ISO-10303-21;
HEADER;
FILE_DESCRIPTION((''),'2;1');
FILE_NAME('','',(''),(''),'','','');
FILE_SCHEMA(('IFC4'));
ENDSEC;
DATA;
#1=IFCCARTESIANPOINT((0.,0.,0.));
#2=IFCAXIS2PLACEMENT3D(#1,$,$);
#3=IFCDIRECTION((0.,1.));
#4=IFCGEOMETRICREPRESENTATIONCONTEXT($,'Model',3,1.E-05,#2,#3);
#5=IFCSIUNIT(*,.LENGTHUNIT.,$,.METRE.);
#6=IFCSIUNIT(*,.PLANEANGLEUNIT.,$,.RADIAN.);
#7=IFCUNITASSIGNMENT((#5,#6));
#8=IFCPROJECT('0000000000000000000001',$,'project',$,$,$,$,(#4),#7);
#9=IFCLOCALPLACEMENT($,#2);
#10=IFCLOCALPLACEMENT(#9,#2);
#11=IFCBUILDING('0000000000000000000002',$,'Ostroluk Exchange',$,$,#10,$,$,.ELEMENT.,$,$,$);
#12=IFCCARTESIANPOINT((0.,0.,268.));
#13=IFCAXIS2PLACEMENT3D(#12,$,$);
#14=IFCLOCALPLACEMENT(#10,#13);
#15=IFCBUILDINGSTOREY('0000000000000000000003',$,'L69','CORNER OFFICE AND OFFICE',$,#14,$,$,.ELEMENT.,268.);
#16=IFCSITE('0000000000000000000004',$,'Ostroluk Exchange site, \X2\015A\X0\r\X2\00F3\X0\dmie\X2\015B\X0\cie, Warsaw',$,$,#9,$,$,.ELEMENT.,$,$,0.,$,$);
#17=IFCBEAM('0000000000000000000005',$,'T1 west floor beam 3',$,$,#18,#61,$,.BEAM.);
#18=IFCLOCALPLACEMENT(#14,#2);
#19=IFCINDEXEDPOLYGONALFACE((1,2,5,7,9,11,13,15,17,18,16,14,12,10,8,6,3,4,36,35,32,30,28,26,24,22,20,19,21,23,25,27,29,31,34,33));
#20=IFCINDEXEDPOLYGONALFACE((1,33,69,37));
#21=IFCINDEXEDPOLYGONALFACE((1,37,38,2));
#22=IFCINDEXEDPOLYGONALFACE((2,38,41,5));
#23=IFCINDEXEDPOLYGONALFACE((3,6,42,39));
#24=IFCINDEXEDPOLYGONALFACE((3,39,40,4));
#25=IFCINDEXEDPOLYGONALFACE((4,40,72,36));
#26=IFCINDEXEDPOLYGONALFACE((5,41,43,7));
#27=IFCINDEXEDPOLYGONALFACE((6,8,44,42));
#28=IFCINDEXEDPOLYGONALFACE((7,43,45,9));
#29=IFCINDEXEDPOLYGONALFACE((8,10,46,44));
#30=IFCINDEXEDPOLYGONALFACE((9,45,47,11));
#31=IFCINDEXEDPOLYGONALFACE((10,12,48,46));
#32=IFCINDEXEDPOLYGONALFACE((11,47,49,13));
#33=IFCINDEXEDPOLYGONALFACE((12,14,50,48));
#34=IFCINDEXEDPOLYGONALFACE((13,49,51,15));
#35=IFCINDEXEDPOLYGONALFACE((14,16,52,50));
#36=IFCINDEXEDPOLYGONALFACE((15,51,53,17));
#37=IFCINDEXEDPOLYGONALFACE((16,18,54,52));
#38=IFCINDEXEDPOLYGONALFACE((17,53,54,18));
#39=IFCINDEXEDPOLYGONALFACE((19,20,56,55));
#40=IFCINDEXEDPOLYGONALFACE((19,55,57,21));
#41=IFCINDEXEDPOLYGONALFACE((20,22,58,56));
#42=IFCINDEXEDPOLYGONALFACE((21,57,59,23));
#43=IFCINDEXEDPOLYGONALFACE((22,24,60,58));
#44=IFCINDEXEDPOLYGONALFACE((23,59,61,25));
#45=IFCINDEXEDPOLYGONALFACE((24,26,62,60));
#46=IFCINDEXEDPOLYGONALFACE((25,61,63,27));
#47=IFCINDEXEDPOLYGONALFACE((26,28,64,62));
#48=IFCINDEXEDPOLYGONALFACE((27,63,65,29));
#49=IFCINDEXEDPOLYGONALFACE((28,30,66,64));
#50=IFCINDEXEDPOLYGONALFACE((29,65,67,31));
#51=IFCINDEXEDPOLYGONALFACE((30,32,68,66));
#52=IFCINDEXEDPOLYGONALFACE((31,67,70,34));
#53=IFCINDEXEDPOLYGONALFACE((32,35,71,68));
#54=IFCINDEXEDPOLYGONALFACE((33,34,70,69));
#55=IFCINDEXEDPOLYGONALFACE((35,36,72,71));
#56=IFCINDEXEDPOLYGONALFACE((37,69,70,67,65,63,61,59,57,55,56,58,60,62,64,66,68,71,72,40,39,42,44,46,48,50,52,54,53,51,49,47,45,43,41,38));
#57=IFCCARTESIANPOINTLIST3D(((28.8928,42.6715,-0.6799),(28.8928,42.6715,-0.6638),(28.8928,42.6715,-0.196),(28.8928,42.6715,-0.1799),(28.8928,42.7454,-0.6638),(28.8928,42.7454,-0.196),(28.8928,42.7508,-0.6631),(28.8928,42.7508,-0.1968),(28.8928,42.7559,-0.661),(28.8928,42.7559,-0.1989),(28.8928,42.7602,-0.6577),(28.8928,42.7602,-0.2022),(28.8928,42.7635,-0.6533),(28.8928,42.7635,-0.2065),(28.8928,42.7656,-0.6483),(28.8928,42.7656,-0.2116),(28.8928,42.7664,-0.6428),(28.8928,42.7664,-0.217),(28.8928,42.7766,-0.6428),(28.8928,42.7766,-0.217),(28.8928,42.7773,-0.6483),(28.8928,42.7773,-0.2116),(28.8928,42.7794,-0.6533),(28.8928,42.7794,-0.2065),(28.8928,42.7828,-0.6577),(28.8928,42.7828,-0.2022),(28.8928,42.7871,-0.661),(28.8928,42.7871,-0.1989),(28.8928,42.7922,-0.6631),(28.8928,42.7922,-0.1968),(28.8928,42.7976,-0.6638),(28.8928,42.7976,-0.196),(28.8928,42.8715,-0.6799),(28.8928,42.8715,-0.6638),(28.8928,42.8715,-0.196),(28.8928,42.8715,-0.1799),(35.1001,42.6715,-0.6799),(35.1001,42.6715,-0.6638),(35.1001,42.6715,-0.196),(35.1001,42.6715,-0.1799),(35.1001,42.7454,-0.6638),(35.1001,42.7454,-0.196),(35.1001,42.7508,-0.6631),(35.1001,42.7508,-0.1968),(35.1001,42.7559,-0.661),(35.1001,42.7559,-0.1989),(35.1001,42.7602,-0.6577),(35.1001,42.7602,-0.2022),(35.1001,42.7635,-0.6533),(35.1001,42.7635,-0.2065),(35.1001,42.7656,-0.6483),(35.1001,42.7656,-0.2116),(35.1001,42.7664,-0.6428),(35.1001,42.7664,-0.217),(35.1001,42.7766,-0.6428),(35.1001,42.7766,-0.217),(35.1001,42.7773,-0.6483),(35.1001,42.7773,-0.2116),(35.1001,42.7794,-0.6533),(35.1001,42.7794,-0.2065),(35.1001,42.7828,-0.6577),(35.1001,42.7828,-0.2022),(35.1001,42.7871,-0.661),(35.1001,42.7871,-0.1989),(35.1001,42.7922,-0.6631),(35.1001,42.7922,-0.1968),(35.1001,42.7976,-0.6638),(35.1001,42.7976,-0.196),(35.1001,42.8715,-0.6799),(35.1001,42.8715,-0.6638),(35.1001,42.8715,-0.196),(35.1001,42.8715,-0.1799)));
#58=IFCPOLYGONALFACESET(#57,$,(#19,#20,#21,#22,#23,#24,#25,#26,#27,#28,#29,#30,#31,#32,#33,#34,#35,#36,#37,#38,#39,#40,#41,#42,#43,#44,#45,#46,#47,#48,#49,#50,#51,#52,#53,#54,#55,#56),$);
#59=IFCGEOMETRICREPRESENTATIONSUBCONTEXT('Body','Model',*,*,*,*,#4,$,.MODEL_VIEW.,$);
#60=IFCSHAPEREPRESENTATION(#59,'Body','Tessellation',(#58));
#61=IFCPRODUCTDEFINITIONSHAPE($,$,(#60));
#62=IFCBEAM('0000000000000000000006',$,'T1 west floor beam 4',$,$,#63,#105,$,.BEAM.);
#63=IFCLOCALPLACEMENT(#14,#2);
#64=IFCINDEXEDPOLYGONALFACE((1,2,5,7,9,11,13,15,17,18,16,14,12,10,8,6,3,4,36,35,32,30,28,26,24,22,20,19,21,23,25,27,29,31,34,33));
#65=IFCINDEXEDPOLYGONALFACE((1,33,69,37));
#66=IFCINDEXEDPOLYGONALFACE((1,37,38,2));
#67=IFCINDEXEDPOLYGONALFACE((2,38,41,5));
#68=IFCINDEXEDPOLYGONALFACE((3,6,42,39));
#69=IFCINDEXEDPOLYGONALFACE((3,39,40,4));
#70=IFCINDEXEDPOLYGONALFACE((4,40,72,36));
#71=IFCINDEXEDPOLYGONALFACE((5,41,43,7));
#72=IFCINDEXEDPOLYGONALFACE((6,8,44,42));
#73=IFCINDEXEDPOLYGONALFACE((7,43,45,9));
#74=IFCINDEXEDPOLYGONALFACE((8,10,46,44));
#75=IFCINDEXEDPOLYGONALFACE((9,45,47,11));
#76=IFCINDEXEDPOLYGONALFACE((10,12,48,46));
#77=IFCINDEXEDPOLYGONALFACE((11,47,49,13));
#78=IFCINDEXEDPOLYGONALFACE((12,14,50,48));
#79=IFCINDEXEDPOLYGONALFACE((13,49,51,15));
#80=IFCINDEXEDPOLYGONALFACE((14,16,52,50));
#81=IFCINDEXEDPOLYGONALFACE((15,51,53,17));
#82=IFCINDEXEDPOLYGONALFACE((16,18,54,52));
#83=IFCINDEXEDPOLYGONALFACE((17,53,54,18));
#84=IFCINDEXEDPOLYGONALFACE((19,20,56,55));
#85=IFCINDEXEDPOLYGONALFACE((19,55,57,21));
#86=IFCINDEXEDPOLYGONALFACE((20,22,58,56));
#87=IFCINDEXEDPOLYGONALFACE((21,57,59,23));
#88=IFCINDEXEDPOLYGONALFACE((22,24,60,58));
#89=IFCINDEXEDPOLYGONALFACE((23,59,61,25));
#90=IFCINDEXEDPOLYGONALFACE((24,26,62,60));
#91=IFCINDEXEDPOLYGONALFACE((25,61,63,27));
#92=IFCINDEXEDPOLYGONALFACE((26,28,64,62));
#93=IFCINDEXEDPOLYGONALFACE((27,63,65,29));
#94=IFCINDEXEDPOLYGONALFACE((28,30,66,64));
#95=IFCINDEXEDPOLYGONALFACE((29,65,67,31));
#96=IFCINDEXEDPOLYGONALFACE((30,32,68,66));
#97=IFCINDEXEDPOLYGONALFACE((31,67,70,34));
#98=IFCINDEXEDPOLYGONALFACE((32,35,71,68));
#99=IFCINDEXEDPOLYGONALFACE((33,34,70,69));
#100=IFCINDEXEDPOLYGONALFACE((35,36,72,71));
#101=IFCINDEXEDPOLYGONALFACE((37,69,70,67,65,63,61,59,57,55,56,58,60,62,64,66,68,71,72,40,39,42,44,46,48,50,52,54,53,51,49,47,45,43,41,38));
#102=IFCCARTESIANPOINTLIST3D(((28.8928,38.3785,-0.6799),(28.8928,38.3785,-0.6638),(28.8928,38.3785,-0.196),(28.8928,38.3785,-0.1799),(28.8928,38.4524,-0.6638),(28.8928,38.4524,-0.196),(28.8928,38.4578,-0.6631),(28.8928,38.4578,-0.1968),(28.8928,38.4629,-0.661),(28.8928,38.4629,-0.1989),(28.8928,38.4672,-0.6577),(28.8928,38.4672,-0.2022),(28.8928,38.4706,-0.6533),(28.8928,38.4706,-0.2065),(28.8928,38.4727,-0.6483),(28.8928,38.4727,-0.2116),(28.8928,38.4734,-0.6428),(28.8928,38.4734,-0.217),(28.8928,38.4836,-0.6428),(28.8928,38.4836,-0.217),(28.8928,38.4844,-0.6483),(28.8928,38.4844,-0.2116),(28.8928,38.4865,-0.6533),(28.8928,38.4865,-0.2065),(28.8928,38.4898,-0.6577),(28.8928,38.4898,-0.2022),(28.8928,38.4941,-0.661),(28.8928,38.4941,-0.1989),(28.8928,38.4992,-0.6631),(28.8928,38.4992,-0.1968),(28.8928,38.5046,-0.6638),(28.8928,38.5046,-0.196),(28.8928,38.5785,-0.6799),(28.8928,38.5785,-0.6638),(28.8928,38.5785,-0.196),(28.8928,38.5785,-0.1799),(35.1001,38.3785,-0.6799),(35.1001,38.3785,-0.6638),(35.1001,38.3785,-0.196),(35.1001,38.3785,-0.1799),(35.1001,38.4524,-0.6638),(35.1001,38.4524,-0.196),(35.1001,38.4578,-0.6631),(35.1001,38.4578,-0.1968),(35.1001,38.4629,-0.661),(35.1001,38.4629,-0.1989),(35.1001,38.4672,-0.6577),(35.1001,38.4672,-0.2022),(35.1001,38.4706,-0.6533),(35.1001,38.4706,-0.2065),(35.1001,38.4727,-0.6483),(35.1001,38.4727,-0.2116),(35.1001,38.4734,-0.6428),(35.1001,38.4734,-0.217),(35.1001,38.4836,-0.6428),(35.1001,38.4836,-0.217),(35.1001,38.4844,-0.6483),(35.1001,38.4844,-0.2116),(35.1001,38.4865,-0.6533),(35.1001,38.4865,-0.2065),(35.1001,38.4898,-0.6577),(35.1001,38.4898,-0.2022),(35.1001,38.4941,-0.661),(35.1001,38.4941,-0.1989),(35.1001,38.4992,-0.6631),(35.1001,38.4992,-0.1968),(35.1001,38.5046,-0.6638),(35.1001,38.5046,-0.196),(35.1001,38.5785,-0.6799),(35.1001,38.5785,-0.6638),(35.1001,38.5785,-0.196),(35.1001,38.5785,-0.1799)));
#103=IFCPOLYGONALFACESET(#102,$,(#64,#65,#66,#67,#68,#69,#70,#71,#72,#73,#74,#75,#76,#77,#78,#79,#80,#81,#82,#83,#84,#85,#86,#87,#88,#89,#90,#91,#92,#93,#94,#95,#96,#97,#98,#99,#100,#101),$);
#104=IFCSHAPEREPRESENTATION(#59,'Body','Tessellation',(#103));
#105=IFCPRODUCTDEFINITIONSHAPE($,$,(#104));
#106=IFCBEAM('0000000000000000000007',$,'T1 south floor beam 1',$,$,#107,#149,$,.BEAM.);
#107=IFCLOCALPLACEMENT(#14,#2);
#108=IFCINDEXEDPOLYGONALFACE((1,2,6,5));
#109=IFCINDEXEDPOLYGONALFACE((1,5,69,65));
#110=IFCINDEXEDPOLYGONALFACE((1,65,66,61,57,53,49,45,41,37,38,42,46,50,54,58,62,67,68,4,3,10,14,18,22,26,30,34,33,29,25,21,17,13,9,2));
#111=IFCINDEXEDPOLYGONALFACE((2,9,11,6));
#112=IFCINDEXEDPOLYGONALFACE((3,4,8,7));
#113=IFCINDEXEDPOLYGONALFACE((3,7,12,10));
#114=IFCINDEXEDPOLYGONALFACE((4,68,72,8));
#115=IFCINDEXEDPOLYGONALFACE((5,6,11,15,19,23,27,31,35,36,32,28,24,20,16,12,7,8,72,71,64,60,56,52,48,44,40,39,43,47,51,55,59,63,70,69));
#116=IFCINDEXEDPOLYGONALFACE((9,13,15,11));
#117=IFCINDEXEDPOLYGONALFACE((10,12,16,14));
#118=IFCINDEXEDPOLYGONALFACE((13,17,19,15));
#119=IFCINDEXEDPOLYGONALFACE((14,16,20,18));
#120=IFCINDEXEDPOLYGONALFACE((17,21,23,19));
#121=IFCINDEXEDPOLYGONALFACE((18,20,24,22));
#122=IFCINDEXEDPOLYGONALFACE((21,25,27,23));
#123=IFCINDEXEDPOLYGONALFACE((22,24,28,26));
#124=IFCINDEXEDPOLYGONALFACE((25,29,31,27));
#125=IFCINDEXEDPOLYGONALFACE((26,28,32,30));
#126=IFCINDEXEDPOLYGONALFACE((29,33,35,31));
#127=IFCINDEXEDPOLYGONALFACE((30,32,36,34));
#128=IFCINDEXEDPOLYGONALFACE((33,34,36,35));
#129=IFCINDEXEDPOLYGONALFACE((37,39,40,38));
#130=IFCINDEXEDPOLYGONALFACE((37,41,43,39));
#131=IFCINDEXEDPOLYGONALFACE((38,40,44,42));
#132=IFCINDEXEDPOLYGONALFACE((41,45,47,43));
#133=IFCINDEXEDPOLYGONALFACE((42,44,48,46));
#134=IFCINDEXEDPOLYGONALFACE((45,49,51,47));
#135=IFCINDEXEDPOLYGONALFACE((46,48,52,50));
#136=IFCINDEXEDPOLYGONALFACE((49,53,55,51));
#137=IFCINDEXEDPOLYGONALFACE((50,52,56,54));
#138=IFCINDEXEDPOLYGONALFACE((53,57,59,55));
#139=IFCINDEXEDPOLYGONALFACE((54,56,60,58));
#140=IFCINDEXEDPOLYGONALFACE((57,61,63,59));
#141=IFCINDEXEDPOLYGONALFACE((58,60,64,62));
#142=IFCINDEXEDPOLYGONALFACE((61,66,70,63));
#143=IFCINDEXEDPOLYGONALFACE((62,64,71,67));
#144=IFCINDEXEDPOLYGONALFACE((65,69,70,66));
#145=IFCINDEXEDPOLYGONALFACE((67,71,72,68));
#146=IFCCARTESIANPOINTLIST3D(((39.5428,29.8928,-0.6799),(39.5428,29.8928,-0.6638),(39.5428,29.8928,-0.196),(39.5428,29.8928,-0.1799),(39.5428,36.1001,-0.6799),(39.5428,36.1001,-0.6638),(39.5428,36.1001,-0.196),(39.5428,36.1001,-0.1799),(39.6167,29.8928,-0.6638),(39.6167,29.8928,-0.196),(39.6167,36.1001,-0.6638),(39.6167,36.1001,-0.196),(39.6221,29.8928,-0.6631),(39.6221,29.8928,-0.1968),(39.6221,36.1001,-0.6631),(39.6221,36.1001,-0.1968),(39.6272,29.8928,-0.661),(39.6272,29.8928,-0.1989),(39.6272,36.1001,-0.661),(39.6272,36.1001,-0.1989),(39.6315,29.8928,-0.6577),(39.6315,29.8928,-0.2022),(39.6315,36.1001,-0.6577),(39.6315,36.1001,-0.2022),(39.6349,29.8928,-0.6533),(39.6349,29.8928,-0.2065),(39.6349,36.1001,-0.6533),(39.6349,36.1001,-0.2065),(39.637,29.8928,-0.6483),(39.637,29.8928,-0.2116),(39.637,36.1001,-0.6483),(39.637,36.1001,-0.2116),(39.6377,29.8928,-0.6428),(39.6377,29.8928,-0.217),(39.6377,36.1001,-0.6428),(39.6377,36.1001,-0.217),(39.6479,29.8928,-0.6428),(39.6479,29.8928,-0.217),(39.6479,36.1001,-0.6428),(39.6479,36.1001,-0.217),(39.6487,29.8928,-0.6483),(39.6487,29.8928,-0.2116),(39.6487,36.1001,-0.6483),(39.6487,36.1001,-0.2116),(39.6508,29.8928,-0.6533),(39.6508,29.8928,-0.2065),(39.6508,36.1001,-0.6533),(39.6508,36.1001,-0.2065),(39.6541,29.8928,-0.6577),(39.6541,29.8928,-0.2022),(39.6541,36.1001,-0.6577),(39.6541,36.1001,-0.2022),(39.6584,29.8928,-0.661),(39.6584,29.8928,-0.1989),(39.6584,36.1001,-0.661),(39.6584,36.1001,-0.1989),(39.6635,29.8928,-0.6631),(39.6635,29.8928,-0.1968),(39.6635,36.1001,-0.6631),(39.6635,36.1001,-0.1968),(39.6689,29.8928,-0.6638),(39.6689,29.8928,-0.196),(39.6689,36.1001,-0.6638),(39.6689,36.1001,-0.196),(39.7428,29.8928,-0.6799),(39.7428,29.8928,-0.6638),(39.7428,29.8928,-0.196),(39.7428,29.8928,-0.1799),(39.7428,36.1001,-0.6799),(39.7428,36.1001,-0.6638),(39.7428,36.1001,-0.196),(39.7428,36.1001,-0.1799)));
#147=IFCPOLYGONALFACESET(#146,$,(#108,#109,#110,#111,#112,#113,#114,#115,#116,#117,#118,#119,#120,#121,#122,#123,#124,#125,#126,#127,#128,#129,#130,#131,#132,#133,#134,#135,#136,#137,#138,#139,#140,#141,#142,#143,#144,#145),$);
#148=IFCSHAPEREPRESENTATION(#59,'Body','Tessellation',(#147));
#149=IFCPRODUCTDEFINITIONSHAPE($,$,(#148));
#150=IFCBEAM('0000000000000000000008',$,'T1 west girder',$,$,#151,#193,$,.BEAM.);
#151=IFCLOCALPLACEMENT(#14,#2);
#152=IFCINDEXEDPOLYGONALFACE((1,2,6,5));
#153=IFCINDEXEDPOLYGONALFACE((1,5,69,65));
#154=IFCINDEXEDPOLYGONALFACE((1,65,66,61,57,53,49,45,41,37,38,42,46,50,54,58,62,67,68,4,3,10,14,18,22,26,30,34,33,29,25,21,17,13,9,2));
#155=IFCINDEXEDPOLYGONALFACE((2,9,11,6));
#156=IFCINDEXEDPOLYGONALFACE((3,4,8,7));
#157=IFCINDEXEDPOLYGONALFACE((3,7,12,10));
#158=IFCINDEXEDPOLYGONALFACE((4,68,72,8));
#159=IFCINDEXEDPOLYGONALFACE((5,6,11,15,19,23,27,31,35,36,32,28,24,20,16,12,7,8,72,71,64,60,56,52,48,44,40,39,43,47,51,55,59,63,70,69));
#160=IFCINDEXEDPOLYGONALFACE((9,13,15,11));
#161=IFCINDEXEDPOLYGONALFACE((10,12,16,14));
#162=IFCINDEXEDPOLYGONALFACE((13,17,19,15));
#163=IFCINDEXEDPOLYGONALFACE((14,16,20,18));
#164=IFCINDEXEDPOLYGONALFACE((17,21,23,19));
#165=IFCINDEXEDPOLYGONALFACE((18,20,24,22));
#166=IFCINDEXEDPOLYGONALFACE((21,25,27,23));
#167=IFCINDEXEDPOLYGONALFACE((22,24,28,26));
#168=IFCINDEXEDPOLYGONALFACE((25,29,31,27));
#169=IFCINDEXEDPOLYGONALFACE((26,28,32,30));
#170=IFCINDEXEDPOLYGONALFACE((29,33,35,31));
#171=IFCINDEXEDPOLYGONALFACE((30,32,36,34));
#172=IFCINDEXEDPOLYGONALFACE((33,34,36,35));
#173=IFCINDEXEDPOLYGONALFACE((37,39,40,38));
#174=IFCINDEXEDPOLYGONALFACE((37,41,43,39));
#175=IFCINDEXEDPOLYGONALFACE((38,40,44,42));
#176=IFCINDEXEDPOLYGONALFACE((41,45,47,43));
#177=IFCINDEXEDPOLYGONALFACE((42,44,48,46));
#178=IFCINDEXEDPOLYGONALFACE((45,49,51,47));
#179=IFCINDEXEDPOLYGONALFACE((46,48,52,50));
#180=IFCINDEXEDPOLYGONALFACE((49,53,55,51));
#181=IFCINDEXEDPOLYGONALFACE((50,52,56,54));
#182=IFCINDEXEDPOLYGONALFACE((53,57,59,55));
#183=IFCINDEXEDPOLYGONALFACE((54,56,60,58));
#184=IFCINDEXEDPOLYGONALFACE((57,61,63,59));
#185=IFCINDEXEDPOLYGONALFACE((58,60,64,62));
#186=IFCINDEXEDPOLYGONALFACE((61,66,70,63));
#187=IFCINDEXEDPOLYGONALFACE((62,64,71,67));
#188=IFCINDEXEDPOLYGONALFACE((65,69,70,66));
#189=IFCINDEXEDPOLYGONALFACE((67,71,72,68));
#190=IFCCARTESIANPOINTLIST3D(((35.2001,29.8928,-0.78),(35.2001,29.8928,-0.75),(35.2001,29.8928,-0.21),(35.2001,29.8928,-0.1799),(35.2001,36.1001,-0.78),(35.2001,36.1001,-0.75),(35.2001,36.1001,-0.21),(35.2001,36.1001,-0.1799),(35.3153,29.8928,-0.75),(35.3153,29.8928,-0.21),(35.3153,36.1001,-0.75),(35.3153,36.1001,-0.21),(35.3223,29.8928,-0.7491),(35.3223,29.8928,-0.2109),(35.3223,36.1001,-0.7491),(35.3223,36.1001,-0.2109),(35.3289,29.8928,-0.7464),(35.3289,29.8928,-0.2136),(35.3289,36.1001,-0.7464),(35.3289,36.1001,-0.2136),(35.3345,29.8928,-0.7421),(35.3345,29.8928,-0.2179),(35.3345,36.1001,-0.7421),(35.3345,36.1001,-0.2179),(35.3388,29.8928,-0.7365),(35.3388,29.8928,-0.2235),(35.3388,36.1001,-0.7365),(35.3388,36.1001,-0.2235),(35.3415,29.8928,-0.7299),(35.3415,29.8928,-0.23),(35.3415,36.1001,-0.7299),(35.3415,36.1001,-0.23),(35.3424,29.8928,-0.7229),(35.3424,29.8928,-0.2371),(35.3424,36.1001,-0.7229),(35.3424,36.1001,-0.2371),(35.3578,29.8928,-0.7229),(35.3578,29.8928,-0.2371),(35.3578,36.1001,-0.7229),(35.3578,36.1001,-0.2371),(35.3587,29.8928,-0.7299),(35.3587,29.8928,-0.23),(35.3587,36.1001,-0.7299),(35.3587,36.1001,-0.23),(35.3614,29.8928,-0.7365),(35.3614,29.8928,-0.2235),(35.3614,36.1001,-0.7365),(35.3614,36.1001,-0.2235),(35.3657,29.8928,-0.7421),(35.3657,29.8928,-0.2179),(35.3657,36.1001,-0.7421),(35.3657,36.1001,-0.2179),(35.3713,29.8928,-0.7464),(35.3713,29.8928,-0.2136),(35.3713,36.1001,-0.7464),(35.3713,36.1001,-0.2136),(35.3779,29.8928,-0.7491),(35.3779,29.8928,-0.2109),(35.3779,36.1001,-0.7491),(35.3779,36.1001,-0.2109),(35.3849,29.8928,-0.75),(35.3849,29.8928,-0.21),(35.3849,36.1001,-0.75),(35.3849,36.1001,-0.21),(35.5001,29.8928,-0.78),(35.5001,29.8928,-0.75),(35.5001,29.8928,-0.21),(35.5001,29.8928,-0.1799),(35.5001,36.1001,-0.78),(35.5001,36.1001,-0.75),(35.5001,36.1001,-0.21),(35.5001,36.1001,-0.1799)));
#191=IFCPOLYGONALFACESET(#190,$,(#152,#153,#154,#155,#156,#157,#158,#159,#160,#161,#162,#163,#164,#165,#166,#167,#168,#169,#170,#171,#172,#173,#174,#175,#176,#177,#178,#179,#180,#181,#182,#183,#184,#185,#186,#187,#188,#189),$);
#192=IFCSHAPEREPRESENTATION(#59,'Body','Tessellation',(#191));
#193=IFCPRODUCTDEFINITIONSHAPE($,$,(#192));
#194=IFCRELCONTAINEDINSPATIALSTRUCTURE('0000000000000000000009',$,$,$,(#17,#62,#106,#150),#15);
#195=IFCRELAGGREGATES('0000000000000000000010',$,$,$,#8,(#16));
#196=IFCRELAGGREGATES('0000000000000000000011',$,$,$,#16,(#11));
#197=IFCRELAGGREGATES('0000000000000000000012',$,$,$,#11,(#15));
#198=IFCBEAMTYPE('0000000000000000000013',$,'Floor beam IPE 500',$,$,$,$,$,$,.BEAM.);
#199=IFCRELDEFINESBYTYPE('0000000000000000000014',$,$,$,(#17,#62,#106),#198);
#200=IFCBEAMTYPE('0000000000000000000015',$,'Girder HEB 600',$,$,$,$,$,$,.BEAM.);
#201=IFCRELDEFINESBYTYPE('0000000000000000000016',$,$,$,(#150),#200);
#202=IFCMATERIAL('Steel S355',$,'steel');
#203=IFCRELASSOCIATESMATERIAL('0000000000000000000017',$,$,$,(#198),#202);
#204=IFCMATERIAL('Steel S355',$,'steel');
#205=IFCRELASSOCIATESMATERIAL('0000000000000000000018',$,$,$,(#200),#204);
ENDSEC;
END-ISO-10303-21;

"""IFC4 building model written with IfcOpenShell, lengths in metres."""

from ifc_helpers import new_model, si_unit, direction, frame, origin, origin_2d, place, context, subcontext, project, spatial, i_section, extrude, material, material_profile, profile_set, type_object, element, save


model = new_model("IFC4")

# Units and contexts
model_context = context("Model", 3, precision=1e-05, world=origin(), true_north=direction((0.0, 1.0)))
body_context = subcontext(model_context, "Body", "Model", "MODEL_VIEW")
ifc_project = project(units=[si_unit("LENGTHUNIT", "METRE"), si_unit("PLANEANGLEUNIT", "RADIAN")], contexts=[model_context])

# Site, building, storey
site_placement = place(None, origin())
site = spatial("IfcSite", under=ifc_project, at=site_placement, Name="Ostroluk Exchange site, Śródmieście, Warsaw", CompositionType="ELEMENT", RefElevation=0.0)
building_placement = place(site_placement, origin())
building = spatial("IfcBuilding", under=site, at=building_placement, Name="Ostroluk Exchange", CompositionType="ELEMENT")
storey_placement = place(building_placement, frame((0.0, 0.0, 268.0)))
storey = spatial("IfcBuildingStorey", under=building, at=storey_placement, Name="L69", Description="CORNER OFFICE AND OFFICE", CompositionType="ELEMENT", Elevation=268.0)

# Beams
ifc_material_1 = material(Name="Steel S355", Category="steel")
ifc_material_profile_1 = material_profile(ifc_material_1, i_section(OverallWidth=0.2, OverallDepth=0.5, WebThickness=0.0103, FlangeThickness=0.0161, FilletRadius=0.021, at=origin_2d()), Name="IPE 500")
ifc_profile_set_1 = profile_set([ifc_material_profile_1], Name="Steel S355")
beam_type_1 = type_object("IfcBeamType", Name="Floor beam IPE 500", PredefinedType="BEAM", material=ifc_profile_set_1)
for number, where, z_axis, x_axis, name in (
    (1, (35.1001, 42.7715, -0.4299), (-1.0, 0.0, 0.0), (0.0, -1.0, 0.0), "T1 west floor beam 3"),
    (2, (35.1001, 38.4785, -0.4299), (-1.0, 0.0, 0.0), (0.0, -1.0, 0.0), "T1 west floor beam 4"),
    (3, (39.6428, 36.1001, -0.4299), (0.0, -1.0, 0.0), (1.0, 0.0, 0.0), "T1 south floor beam 1"),
):
    element("IfcBeam", number, at=place(storey_placement, frame(where, z_axis=z_axis, x_axis=x_axis)), inside=storey, type_object=beam_type_1, Name=name, PredefinedType="BEAM", context=body_context, shape_type="SweptSolid", body=[
        extrude(i_section(OverallWidth=0.2, OverallDepth=0.5, WebThickness=0.0103, FlangeThickness=0.0161, FilletRadius=0.021, at=origin_2d()), origin(), (0.0, 0.0, 1.0), 6.2073),
    ])
ifc_material_2 = material(Name="Steel S355", Category="steel")
ifc_material_profile_2 = material_profile(ifc_material_2, i_section(OverallWidth=0.3, OverallDepth=0.6001, WebThickness=0.0154, FlangeThickness=0.03, FilletRadius=0.0271, at=origin_2d()), Name="HEB 600")
ifc_profile_set_2 = profile_set([ifc_material_profile_2], Name="Steel S355")
beam_type_2 = type_object("IfcBeamType", Name="Girder HEB 600", PredefinedType="BEAM", material=ifc_profile_set_2)
beam_placement = place(storey_placement, frame((35.3501, 36.1001, -0.48), z_axis=(0.0, -1.0, 0.0), x_axis=(1.0, 0.0, 0.0)))
element("IfcBeam", 4, at=beam_placement, inside=storey, type_object=beam_type_2, Name="T1 west girder", PredefinedType="BEAM", context=body_context, shape_type="SweptSolid", body=[
    extrude(i_section(OverallWidth=0.3, OverallDepth=0.6001, WebThickness=0.0154, FlangeThickness=0.03, FilletRadius=0.0271, at=origin_2d()), origin(), (0.0, 0.0, 1.0), 6.2073),
])

save(model, "model.ifc")
